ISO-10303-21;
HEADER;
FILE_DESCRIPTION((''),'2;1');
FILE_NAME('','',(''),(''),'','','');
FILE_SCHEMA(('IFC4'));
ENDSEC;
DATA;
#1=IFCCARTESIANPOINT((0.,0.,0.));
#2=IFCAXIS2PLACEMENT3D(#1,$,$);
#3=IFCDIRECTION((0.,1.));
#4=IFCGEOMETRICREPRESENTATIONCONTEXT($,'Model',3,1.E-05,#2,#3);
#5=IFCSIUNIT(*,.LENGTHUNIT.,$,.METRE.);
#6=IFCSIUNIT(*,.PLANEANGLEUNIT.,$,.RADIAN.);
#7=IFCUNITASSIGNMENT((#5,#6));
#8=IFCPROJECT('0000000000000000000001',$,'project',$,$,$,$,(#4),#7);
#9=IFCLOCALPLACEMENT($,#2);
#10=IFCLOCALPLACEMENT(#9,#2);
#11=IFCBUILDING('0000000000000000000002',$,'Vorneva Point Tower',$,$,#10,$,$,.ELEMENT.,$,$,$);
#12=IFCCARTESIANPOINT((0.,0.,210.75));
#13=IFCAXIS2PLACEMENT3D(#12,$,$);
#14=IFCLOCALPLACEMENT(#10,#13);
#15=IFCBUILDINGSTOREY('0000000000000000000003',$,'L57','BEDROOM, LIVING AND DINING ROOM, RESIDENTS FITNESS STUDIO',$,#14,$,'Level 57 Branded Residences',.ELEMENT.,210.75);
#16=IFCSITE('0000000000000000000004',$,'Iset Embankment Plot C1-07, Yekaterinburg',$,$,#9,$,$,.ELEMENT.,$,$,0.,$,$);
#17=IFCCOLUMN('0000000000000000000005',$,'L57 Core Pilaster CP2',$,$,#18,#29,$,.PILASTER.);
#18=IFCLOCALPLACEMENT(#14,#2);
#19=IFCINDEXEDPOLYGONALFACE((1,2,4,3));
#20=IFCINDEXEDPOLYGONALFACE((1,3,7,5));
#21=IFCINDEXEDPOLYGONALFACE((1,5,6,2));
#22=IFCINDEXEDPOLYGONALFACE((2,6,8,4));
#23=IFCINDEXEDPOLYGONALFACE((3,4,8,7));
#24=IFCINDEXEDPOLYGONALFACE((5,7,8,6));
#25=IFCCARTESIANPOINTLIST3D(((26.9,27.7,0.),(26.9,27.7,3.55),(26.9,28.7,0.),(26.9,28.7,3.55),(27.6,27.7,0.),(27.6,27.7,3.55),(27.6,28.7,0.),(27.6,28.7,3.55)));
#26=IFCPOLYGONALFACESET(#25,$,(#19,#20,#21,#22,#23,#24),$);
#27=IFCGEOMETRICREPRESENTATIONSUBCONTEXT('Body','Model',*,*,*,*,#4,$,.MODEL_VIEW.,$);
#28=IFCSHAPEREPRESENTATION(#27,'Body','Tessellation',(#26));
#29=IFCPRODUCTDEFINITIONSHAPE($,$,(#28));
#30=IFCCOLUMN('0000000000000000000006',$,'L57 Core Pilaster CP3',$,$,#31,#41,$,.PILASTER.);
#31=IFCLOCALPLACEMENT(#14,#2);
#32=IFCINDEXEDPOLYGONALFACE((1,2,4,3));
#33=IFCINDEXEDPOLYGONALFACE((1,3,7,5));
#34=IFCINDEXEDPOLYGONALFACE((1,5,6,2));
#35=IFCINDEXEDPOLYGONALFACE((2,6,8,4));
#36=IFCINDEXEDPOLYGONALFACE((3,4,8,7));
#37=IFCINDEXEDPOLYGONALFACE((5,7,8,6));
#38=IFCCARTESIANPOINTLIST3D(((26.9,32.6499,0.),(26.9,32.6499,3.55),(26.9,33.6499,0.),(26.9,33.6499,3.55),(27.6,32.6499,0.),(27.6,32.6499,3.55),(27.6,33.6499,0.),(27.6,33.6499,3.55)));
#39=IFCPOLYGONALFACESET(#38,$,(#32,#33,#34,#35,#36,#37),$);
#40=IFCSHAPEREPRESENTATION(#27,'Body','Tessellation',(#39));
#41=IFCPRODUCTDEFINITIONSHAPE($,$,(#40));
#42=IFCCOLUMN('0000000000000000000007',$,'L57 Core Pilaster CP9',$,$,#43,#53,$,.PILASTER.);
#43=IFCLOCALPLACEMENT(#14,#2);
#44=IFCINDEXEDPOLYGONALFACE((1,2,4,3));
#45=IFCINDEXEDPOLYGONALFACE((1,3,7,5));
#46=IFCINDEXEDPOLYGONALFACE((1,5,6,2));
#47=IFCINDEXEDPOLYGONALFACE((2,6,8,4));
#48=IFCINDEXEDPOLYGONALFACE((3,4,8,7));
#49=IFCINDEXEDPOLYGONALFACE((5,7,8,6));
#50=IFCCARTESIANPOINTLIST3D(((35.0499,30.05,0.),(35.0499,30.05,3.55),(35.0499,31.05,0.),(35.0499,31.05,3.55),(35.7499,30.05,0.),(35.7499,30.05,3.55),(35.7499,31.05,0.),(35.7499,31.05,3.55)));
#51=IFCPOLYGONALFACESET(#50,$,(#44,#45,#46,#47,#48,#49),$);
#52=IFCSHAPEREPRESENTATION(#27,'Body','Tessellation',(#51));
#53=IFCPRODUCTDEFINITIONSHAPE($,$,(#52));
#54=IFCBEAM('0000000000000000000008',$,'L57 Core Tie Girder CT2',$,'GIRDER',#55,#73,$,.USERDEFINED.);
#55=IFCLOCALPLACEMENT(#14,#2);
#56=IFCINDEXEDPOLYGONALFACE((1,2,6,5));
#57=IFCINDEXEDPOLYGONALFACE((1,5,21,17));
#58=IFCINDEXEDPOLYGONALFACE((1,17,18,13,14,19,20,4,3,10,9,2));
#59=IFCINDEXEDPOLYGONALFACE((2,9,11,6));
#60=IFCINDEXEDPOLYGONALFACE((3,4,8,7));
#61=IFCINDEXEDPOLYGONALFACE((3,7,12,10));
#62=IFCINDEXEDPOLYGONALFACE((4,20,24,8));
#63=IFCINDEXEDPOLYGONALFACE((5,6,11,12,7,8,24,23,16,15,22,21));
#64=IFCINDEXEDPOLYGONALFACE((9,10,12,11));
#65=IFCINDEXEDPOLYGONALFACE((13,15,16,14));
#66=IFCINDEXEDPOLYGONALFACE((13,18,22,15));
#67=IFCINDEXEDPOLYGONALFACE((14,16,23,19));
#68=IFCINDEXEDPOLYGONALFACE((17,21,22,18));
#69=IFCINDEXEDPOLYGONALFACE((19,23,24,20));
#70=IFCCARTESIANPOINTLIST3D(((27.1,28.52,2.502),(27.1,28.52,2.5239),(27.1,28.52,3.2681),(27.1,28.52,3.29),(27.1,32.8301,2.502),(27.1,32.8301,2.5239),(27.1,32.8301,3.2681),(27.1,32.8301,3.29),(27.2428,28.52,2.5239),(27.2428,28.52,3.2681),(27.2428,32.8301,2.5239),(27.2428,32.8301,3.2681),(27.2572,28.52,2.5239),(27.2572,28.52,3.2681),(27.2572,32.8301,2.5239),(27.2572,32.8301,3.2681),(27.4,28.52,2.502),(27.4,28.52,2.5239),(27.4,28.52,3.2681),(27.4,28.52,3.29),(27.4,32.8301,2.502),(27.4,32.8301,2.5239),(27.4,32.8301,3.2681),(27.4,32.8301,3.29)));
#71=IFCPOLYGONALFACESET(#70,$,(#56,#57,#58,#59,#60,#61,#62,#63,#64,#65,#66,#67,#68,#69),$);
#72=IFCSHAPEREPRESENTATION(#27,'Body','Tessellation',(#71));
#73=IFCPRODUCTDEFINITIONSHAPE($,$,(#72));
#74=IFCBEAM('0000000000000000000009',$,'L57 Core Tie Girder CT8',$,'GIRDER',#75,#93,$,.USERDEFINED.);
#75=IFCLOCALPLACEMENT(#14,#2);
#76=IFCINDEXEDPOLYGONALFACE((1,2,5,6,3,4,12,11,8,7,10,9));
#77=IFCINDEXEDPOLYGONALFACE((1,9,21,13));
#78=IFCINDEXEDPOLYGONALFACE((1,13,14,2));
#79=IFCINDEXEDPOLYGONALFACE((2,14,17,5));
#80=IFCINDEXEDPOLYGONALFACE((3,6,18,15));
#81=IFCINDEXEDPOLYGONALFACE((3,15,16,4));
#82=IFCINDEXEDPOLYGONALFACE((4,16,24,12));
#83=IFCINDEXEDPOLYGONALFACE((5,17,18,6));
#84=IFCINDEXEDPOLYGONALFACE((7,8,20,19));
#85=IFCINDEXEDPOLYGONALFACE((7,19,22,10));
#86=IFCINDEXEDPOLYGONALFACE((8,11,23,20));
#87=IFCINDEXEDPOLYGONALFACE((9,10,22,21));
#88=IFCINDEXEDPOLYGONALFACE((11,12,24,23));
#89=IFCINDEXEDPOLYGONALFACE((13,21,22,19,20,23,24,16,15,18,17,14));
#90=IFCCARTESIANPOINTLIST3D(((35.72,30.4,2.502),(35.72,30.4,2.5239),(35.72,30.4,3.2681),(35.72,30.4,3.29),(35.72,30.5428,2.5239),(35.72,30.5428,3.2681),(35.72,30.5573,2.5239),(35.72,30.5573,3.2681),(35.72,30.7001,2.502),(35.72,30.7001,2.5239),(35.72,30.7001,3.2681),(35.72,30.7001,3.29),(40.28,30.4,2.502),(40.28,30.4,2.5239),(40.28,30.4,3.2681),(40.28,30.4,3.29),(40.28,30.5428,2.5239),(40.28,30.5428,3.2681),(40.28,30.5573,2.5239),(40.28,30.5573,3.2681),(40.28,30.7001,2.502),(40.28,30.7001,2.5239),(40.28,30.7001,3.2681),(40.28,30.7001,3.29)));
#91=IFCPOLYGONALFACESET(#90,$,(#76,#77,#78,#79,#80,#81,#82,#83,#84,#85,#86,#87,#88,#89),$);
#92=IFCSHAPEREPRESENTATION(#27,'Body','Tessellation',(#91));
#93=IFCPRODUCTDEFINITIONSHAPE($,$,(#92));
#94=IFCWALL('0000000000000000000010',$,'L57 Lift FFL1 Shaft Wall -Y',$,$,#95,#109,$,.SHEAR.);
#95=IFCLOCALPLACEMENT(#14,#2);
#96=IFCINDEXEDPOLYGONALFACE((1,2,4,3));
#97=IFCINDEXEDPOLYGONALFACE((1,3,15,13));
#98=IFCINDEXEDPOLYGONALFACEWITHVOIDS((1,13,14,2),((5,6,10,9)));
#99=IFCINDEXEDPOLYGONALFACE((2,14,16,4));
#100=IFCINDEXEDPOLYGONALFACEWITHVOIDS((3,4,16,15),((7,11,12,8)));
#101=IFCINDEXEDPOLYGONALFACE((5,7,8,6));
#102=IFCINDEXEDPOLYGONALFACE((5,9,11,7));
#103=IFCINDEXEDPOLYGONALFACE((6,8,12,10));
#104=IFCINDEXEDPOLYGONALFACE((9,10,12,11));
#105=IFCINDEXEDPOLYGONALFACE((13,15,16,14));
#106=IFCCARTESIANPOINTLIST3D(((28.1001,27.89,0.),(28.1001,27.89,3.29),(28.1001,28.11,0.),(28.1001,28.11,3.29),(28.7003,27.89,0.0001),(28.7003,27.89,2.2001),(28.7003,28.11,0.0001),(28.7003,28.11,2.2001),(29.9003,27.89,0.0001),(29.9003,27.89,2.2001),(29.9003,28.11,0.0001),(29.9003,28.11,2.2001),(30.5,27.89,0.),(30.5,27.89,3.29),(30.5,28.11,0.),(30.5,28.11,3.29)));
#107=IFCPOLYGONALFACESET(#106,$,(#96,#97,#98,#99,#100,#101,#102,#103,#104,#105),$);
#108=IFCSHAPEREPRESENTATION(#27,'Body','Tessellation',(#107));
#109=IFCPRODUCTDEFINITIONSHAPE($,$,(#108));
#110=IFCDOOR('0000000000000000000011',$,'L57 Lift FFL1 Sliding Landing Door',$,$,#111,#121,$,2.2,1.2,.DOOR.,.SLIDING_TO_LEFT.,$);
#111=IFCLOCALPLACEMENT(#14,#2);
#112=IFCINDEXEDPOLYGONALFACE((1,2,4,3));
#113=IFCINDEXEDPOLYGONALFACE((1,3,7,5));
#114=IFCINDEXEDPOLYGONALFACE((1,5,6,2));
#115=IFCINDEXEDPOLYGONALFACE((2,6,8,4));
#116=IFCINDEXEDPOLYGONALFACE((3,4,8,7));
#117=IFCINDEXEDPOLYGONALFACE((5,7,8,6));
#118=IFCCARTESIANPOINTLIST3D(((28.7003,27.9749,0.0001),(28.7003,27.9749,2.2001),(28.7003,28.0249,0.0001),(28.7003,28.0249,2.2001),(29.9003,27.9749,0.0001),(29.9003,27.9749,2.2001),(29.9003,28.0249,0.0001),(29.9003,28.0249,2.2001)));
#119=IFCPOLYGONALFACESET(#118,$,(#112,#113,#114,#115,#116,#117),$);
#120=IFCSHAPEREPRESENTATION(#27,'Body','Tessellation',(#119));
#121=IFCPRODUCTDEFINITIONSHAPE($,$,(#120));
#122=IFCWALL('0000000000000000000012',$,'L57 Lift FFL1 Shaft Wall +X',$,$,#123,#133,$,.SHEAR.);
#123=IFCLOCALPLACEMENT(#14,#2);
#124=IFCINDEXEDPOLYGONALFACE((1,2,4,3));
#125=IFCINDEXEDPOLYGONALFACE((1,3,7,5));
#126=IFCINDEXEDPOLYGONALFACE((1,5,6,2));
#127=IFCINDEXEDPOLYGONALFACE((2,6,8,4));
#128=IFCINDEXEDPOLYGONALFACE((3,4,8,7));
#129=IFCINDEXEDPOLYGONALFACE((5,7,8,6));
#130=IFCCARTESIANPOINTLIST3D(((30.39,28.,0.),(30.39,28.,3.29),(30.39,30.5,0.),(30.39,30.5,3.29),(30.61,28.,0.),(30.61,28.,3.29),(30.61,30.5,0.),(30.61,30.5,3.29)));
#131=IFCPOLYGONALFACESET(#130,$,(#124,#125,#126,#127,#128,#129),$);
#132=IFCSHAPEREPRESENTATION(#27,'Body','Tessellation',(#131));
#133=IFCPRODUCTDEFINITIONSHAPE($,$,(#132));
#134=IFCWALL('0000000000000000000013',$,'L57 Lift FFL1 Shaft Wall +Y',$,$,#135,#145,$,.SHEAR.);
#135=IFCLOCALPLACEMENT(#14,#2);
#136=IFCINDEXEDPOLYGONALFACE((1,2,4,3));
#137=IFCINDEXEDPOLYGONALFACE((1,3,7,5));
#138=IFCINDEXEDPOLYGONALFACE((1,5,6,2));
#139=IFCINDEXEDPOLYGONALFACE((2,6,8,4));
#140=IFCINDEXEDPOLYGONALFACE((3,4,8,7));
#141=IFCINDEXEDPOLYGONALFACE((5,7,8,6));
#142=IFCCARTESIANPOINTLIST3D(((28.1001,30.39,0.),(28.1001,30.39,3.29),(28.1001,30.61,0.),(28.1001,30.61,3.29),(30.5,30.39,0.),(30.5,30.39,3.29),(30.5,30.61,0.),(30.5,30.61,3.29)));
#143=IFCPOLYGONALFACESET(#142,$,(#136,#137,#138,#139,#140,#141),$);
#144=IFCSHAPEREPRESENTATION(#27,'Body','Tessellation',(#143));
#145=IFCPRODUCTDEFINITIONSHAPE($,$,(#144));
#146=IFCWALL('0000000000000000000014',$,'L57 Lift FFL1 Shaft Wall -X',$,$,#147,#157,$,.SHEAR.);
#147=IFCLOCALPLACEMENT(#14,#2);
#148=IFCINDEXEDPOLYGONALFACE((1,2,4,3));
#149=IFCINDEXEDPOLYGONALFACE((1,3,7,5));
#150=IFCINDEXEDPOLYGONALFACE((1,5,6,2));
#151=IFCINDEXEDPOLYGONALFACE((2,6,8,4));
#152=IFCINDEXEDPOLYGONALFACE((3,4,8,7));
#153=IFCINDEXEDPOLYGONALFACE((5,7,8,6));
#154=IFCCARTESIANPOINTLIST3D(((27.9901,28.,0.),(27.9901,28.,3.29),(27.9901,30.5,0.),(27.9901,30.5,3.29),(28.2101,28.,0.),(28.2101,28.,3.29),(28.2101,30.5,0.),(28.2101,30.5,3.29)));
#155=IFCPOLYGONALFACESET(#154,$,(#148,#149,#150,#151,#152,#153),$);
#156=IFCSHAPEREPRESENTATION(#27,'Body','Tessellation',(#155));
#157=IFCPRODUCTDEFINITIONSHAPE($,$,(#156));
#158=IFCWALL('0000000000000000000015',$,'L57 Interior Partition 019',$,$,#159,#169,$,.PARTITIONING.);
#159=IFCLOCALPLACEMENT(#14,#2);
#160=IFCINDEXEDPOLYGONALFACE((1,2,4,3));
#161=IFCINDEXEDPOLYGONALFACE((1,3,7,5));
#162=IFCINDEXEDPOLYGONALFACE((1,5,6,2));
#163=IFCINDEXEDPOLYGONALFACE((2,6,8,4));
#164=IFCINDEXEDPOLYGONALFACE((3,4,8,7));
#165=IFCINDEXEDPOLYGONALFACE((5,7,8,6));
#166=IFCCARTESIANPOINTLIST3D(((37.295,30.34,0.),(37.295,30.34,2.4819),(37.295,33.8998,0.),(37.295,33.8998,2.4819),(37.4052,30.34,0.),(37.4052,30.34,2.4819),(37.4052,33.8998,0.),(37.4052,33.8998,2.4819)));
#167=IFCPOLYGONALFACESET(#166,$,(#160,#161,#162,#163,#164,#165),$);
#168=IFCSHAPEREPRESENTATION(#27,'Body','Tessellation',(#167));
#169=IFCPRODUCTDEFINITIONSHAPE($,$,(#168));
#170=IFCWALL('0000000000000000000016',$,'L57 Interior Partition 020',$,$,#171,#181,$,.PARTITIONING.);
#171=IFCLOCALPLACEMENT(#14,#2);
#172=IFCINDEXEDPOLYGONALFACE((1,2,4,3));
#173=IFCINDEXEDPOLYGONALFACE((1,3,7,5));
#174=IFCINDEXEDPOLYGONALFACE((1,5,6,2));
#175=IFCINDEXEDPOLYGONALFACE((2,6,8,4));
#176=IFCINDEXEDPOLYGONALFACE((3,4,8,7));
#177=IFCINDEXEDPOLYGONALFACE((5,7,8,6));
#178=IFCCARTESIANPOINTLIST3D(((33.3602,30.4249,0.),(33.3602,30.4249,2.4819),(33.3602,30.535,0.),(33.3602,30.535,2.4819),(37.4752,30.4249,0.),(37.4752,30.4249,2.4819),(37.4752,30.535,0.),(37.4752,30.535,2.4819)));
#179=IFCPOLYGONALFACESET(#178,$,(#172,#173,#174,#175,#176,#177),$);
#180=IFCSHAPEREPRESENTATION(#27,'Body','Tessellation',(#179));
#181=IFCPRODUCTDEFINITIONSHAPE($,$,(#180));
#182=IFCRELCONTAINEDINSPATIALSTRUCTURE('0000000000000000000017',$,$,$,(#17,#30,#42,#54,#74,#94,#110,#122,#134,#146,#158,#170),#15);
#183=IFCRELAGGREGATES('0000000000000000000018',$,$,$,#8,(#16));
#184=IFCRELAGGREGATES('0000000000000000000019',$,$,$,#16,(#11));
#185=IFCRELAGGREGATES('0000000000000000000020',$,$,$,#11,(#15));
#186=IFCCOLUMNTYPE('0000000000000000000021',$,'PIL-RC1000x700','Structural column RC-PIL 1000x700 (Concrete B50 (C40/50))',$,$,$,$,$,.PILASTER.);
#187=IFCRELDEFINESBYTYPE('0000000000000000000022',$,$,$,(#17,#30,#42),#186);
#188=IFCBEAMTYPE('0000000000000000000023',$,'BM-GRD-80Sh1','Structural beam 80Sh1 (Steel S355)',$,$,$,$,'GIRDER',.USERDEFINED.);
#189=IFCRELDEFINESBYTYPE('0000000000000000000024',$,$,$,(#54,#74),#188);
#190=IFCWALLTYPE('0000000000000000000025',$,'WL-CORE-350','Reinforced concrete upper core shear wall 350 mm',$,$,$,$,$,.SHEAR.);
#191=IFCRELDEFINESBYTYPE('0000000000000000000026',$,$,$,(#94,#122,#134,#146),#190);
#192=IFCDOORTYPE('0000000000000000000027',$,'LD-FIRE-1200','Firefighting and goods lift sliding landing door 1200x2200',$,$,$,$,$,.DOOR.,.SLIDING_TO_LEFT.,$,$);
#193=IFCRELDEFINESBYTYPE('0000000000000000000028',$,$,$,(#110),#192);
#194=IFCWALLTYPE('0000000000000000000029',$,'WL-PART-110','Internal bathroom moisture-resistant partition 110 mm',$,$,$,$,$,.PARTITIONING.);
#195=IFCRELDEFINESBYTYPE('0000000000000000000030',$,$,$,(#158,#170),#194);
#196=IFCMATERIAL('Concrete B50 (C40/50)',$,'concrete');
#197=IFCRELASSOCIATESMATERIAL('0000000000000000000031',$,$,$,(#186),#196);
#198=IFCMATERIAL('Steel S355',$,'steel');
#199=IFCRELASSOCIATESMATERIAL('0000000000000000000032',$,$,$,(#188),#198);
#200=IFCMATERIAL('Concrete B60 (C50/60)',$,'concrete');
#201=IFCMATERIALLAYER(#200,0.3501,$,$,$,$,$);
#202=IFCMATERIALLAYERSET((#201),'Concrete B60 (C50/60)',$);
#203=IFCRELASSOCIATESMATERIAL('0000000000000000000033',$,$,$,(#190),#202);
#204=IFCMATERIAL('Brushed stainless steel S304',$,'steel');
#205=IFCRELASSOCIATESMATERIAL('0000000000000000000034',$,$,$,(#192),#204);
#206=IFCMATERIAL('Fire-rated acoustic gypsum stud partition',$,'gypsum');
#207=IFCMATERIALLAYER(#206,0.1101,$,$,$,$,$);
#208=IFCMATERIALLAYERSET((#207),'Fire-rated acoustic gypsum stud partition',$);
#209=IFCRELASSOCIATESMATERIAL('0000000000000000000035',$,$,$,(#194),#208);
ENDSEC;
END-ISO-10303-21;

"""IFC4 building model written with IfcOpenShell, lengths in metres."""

from ifc_helpers import new_model, si_unit, direction, frame, frame_2d, origin, origin_2d, place, context, subcontext, project, spatial, rectangle, i_section, extrude, material, layer, layer_set, material_profile, profile_set, type_object, element, fill, save


model = new_model("IFC4")

# Units and contexts
model_context = context("Model", 3, precision=1e-05, world=origin(), true_north=direction((0.0, 1.0)))
body_context = subcontext(model_context, "Body", "Model", "MODEL_VIEW")
ifc_project = project(units=[si_unit("LENGTHUNIT", "METRE"), si_unit("PLANEANGLEUNIT", "RADIAN")], contexts=[model_context])

# Site, building, storey
site_placement = place(None, origin())
site = spatial("IfcSite", under=ifc_project, at=site_placement, Name="Iset Embankment Plot C1-07, Yekaterinburg", CompositionType="ELEMENT", RefElevation=0.0)
building_placement = place(site_placement, origin())
building = spatial("IfcBuilding", under=site, at=building_placement, Name="Vorneva Point Tower", CompositionType="ELEMENT")
storey_placement = place(building_placement, frame((0.0, 0.0, 210.75)))
storey = spatial("IfcBuildingStorey", under=building, at=storey_placement, Name="L57", Description="BEDROOM, LIVING AND DINING ROOM, RESIDENTS FITNESS STUDIO", LongName="Level 57 Branded Residences", CompositionType="ELEMENT", Elevation=210.75)

# Columns
ifc_material_1 = material(Name="Concrete B50 (C40/50)", Category="concrete")
ifc_material_profile_1 = material_profile(ifc_material_1, rectangle(XDim=0.7, YDim=1.0, at=origin_2d()), Name="RC-PIL 1000x700")
ifc_profile_set_1 = profile_set([ifc_material_profile_1], Name="Concrete B50 (C40/50)")
column_type = type_object("IfcColumnType", Name="PIL-RC1000x700", Description="Structural column RC-PIL 1000x700 (Concrete B50 (C40/50))", PredefinedType="PILASTER", material=ifc_profile_set_1)
for number, where, z_axis, x_axis, name in (
    (1, (27.25, 28.2, 0.0), (0.0, 0.0, 1.0), (1.0, 0.0, 0.0), "L57 Core Pilaster CP2"),
    (2, (27.25, 33.1499, 0.0), (0.0, 0.0, 1.0), (1.0, 0.0, 0.0), "L57 Core Pilaster CP3"),
    (3, (35.3999, 30.55, 0.0), (0.0, 0.0, 1.0), (1.0, 0.0, 0.0), "L57 Core Pilaster CP9"),
):
    element("IfcColumn", number, at=place(storey_placement, frame(where, z_axis=z_axis, x_axis=x_axis)), inside=storey, type_object=column_type, Name=name, PredefinedType="PILASTER", context=body_context, shape_type="SweptSolid", body=[
        extrude(rectangle(XDim=0.7, YDim=1.0, at=origin_2d()), origin(), (0.0, 0.0, 1.0), 3.55),
    ])

# Beams
ifc_material_2 = material(Name="Steel S355", Category="steel")
ifc_material_profile_2 = material_profile(ifc_material_2, i_section(OverallWidth=0.3, OverallDepth=0.7881, WebThickness=0.0144, FlangeThickness=0.022, at=origin_2d()), Name="80Sh1")
ifc_profile_set_2 = profile_set([ifc_material_profile_2], Name="Steel S355")
beam_type = type_object("IfcBeamType", Name="BM-GRD-80Sh1", Description="Structural beam 80Sh1 (Steel S355)", ElementType="GIRDER", PredefinedType="USERDEFINED", material=ifc_profile_set_2)
beam_1_placement = place(storey_placement, frame((27.25, 28.52, 2.896), z_axis=(0.0, 1.0, 0.0), x_axis=(-1.0, 0.0, 0.0)))
element("IfcBeam", 4, at=beam_1_placement, inside=storey, type_object=beam_type, Name="L57 Core Tie Girder CT2", ObjectType="GIRDER", PredefinedType="USERDEFINED", context=body_context, shape_type="SweptSolid", body=[
    extrude(i_section(OverallWidth=0.3, OverallDepth=0.7881, WebThickness=0.0144, FlangeThickness=0.022, at=origin_2d()), origin(), (0.0, 0.0, 1.0), 4.3101),
])
beam_2_placement = place(storey_placement, frame((35.72, 30.55, 2.896), z_axis=(1.0, 0.0, 0.0), x_axis=(0.0, 1.0, 0.0)))
element("IfcBeam", 5, at=beam_2_placement, inside=storey, type_object=beam_type, Name="L57 Core Tie Girder CT8", ObjectType="GIRDER", PredefinedType="USERDEFINED", context=body_context, shape_type="SweptSolid", body=[
    extrude(i_section(OverallWidth=0.3, OverallDepth=0.7881, WebThickness=0.0144, FlangeThickness=0.022, at=origin_2d()), origin(), (0.0, 0.0, 1.0), 4.5601),
])

# Wall, opening, door
ifc_material_3 = material(Name="Concrete B60 (C50/60)", Category="concrete")
ifc_layer_1 = layer(ifc_material_3, 0.3501)
ifc_layer_set_1 = layer_set([ifc_layer_1], Name="Concrete B60 (C50/60)")
wall_type_1 = type_object("IfcWallType", Name="WL-CORE-350", Description="Reinforced concrete upper core shear wall 350 mm", PredefinedType="SHEAR", material=ifc_layer_set_1)
wall_1_placement = place(storey_placement, frame((28.1001, 28.0, 0.0), z_axis=(0.0, 0.0, 1.0), x_axis=(1.0, 0.0, 0.0)))
wall_1 = element("IfcWall", 6, at=wall_1_placement, inside=storey, type_object=wall_type_1, Name="L57 Lift FFL1 Shaft Wall -Y", PredefinedType="SHEAR", context=body_context, shape_type="SweptSolid", body=[
    extrude(rectangle(XDim=2.3999, YDim=0.22, at=frame_2d((1.2, 0.0))), origin(), (0.0, 0.0, 1.0), 3.29),
])
opening_1_placement = place(wall_1_placement, frame((0.6001, 0.0, 0.0)))
opening_1 = element("IfcOpeningElement", 7, at=opening_1_placement, cuts=wall_1, PredefinedType="OPENING", context=body_context, shape_type="SweptSolid", body=[
    extrude(rectangle(XDim=1.2, YDim=2.2, at=frame_2d((0.6001, 1.1001))), frame((0.0, 0.125, 0.0), z_axis=(0.0, -1.0, 0.0), x_axis=(1.0, 0.0, 0.0)), (0.0, 0.0, 1.0), 0.2498),
])
ifc_material_4 = material(Name="Brushed stainless steel S304", Category="steel")
door_type_1 = type_object("IfcDoorType", Name="LD-FIRE-1200", Description="Firefighting and goods lift sliding landing door 1200x2200", OperationType="SLIDING_TO_LEFT", PredefinedType="DOOR", material=ifc_material_4)
door_1_placement = place(opening_1_placement, origin())
door_1 = element("IfcDoor", 8, at=door_1_placement, inside=storey, type_object=door_type_1, Name="L57 Lift FFL1 Sliding Landing Door", OperationType="SLIDING_TO_LEFT", OverallHeight=2.2, OverallWidth=1.2, PredefinedType="DOOR", context=body_context, shape_type="SweptSolid", body=[
    extrude(rectangle(XDim=1.2, YDim=2.2, at=frame_2d((0.6001, 1.1001))), frame((0.0, 0.0249, 0.0), z_axis=(0.0, -1.0, 0.0), x_axis=(1.0, 0.0, 0.0)), (0.0, 0.0, 1.0), 0.05),
])
fill(opening_1, door_1)

# Walls
wall_2_placement = place(storey_placement, frame((30.5, 28.0, 0.0), z_axis=(0.0, 0.0, 1.0), x_axis=(0.0, 1.0, 0.0)))
element("IfcWall", 9, at=wall_2_placement, inside=storey, type_object=wall_type_1, Name="L57 Lift FFL1 Shaft Wall +X", PredefinedType="SHEAR", context=body_context, shape_type="SweptSolid", body=[
    extrude(rectangle(XDim=2.5, YDim=0.22, at=frame_2d((1.25, 0.0))), origin(), (0.0, 0.0, 1.0), 3.29),
])
wall_3_placement = place(storey_placement, frame((30.5, 30.5, 0.0), z_axis=(0.0, 0.0, 1.0), x_axis=(-1.0, 0.0, 0.0)))
element("IfcWall", 10, at=wall_3_placement, inside=storey, type_object=wall_type_1, Name="L57 Lift FFL1 Shaft Wall +Y", PredefinedType="SHEAR", context=body_context, shape_type="SweptSolid", body=[
    extrude(rectangle(XDim=2.3999, YDim=0.22, at=frame_2d((1.2, 0.0))), origin(), (0.0, 0.0, 1.0), 3.29),
])
wall_4_placement = place(storey_placement, frame((28.1001, 30.5, 0.0), z_axis=(0.0, 0.0, 1.0), x_axis=(0.0, -1.0, 0.0)))
element("IfcWall", 11, at=wall_4_placement, inside=storey, type_object=wall_type_1, Name="L57 Lift FFL1 Shaft Wall -X", PredefinedType="SHEAR", context=body_context, shape_type="SweptSolid", body=[
    extrude(rectangle(XDim=2.5, YDim=0.22, at=frame_2d((1.25, 0.0))), origin(), (0.0, 0.0, 1.0), 3.29),
])
ifc_material_5 = material(Name="Fire-rated acoustic gypsum stud partition", Category="gypsum")
ifc_layer_2 = layer(ifc_material_5, 0.1101)
ifc_layer_set_2 = layer_set([ifc_layer_2], Name="Fire-rated acoustic gypsum stud partition")
wall_type_2 = type_object("IfcWallType", Name="WL-PART-110", Description="Internal bathroom moisture-resistant partition 110 mm", PredefinedType="PARTITIONING", material=ifc_layer_set_2)
wall_5_placement = place(storey_placement, frame((37.3501, 30.3401, 0.0), z_axis=(0.0, 0.0, 1.0), x_axis=(0.0, 1.0, 0.0)))
element("IfcWall", 12, at=wall_5_placement, inside=storey, type_object=wall_type_2, Name="L57 Interior Partition 019", PredefinedType="PARTITIONING", context=body_context, shape_type="SweptSolid", body=[
    extrude(rectangle(XDim=3.5598, YDim=0.1101, at=frame_2d((1.7798, 0.0))), origin(), (0.0, 0.0, 1.0), 2.4819),
])
wall_6_placement = place(storey_placement, frame((33.3601, 30.48, 0.0), z_axis=(0.0, 0.0, 1.0), x_axis=(1.0, 0.0, 0.0)))
element("IfcWall", 13, at=wall_6_placement, inside=storey, type_object=wall_type_2, Name="L57 Interior Partition 020", PredefinedType="PARTITIONING", context=body_context, shape_type="SweptSolid", body=[
    extrude(rectangle(XDim=4.115, YDim=0.1101, at=frame_2d((2.0576, 0.0))), origin(), (0.0, 0.0, 1.0), 2.4819),
])

save(model, "model.ifc")
